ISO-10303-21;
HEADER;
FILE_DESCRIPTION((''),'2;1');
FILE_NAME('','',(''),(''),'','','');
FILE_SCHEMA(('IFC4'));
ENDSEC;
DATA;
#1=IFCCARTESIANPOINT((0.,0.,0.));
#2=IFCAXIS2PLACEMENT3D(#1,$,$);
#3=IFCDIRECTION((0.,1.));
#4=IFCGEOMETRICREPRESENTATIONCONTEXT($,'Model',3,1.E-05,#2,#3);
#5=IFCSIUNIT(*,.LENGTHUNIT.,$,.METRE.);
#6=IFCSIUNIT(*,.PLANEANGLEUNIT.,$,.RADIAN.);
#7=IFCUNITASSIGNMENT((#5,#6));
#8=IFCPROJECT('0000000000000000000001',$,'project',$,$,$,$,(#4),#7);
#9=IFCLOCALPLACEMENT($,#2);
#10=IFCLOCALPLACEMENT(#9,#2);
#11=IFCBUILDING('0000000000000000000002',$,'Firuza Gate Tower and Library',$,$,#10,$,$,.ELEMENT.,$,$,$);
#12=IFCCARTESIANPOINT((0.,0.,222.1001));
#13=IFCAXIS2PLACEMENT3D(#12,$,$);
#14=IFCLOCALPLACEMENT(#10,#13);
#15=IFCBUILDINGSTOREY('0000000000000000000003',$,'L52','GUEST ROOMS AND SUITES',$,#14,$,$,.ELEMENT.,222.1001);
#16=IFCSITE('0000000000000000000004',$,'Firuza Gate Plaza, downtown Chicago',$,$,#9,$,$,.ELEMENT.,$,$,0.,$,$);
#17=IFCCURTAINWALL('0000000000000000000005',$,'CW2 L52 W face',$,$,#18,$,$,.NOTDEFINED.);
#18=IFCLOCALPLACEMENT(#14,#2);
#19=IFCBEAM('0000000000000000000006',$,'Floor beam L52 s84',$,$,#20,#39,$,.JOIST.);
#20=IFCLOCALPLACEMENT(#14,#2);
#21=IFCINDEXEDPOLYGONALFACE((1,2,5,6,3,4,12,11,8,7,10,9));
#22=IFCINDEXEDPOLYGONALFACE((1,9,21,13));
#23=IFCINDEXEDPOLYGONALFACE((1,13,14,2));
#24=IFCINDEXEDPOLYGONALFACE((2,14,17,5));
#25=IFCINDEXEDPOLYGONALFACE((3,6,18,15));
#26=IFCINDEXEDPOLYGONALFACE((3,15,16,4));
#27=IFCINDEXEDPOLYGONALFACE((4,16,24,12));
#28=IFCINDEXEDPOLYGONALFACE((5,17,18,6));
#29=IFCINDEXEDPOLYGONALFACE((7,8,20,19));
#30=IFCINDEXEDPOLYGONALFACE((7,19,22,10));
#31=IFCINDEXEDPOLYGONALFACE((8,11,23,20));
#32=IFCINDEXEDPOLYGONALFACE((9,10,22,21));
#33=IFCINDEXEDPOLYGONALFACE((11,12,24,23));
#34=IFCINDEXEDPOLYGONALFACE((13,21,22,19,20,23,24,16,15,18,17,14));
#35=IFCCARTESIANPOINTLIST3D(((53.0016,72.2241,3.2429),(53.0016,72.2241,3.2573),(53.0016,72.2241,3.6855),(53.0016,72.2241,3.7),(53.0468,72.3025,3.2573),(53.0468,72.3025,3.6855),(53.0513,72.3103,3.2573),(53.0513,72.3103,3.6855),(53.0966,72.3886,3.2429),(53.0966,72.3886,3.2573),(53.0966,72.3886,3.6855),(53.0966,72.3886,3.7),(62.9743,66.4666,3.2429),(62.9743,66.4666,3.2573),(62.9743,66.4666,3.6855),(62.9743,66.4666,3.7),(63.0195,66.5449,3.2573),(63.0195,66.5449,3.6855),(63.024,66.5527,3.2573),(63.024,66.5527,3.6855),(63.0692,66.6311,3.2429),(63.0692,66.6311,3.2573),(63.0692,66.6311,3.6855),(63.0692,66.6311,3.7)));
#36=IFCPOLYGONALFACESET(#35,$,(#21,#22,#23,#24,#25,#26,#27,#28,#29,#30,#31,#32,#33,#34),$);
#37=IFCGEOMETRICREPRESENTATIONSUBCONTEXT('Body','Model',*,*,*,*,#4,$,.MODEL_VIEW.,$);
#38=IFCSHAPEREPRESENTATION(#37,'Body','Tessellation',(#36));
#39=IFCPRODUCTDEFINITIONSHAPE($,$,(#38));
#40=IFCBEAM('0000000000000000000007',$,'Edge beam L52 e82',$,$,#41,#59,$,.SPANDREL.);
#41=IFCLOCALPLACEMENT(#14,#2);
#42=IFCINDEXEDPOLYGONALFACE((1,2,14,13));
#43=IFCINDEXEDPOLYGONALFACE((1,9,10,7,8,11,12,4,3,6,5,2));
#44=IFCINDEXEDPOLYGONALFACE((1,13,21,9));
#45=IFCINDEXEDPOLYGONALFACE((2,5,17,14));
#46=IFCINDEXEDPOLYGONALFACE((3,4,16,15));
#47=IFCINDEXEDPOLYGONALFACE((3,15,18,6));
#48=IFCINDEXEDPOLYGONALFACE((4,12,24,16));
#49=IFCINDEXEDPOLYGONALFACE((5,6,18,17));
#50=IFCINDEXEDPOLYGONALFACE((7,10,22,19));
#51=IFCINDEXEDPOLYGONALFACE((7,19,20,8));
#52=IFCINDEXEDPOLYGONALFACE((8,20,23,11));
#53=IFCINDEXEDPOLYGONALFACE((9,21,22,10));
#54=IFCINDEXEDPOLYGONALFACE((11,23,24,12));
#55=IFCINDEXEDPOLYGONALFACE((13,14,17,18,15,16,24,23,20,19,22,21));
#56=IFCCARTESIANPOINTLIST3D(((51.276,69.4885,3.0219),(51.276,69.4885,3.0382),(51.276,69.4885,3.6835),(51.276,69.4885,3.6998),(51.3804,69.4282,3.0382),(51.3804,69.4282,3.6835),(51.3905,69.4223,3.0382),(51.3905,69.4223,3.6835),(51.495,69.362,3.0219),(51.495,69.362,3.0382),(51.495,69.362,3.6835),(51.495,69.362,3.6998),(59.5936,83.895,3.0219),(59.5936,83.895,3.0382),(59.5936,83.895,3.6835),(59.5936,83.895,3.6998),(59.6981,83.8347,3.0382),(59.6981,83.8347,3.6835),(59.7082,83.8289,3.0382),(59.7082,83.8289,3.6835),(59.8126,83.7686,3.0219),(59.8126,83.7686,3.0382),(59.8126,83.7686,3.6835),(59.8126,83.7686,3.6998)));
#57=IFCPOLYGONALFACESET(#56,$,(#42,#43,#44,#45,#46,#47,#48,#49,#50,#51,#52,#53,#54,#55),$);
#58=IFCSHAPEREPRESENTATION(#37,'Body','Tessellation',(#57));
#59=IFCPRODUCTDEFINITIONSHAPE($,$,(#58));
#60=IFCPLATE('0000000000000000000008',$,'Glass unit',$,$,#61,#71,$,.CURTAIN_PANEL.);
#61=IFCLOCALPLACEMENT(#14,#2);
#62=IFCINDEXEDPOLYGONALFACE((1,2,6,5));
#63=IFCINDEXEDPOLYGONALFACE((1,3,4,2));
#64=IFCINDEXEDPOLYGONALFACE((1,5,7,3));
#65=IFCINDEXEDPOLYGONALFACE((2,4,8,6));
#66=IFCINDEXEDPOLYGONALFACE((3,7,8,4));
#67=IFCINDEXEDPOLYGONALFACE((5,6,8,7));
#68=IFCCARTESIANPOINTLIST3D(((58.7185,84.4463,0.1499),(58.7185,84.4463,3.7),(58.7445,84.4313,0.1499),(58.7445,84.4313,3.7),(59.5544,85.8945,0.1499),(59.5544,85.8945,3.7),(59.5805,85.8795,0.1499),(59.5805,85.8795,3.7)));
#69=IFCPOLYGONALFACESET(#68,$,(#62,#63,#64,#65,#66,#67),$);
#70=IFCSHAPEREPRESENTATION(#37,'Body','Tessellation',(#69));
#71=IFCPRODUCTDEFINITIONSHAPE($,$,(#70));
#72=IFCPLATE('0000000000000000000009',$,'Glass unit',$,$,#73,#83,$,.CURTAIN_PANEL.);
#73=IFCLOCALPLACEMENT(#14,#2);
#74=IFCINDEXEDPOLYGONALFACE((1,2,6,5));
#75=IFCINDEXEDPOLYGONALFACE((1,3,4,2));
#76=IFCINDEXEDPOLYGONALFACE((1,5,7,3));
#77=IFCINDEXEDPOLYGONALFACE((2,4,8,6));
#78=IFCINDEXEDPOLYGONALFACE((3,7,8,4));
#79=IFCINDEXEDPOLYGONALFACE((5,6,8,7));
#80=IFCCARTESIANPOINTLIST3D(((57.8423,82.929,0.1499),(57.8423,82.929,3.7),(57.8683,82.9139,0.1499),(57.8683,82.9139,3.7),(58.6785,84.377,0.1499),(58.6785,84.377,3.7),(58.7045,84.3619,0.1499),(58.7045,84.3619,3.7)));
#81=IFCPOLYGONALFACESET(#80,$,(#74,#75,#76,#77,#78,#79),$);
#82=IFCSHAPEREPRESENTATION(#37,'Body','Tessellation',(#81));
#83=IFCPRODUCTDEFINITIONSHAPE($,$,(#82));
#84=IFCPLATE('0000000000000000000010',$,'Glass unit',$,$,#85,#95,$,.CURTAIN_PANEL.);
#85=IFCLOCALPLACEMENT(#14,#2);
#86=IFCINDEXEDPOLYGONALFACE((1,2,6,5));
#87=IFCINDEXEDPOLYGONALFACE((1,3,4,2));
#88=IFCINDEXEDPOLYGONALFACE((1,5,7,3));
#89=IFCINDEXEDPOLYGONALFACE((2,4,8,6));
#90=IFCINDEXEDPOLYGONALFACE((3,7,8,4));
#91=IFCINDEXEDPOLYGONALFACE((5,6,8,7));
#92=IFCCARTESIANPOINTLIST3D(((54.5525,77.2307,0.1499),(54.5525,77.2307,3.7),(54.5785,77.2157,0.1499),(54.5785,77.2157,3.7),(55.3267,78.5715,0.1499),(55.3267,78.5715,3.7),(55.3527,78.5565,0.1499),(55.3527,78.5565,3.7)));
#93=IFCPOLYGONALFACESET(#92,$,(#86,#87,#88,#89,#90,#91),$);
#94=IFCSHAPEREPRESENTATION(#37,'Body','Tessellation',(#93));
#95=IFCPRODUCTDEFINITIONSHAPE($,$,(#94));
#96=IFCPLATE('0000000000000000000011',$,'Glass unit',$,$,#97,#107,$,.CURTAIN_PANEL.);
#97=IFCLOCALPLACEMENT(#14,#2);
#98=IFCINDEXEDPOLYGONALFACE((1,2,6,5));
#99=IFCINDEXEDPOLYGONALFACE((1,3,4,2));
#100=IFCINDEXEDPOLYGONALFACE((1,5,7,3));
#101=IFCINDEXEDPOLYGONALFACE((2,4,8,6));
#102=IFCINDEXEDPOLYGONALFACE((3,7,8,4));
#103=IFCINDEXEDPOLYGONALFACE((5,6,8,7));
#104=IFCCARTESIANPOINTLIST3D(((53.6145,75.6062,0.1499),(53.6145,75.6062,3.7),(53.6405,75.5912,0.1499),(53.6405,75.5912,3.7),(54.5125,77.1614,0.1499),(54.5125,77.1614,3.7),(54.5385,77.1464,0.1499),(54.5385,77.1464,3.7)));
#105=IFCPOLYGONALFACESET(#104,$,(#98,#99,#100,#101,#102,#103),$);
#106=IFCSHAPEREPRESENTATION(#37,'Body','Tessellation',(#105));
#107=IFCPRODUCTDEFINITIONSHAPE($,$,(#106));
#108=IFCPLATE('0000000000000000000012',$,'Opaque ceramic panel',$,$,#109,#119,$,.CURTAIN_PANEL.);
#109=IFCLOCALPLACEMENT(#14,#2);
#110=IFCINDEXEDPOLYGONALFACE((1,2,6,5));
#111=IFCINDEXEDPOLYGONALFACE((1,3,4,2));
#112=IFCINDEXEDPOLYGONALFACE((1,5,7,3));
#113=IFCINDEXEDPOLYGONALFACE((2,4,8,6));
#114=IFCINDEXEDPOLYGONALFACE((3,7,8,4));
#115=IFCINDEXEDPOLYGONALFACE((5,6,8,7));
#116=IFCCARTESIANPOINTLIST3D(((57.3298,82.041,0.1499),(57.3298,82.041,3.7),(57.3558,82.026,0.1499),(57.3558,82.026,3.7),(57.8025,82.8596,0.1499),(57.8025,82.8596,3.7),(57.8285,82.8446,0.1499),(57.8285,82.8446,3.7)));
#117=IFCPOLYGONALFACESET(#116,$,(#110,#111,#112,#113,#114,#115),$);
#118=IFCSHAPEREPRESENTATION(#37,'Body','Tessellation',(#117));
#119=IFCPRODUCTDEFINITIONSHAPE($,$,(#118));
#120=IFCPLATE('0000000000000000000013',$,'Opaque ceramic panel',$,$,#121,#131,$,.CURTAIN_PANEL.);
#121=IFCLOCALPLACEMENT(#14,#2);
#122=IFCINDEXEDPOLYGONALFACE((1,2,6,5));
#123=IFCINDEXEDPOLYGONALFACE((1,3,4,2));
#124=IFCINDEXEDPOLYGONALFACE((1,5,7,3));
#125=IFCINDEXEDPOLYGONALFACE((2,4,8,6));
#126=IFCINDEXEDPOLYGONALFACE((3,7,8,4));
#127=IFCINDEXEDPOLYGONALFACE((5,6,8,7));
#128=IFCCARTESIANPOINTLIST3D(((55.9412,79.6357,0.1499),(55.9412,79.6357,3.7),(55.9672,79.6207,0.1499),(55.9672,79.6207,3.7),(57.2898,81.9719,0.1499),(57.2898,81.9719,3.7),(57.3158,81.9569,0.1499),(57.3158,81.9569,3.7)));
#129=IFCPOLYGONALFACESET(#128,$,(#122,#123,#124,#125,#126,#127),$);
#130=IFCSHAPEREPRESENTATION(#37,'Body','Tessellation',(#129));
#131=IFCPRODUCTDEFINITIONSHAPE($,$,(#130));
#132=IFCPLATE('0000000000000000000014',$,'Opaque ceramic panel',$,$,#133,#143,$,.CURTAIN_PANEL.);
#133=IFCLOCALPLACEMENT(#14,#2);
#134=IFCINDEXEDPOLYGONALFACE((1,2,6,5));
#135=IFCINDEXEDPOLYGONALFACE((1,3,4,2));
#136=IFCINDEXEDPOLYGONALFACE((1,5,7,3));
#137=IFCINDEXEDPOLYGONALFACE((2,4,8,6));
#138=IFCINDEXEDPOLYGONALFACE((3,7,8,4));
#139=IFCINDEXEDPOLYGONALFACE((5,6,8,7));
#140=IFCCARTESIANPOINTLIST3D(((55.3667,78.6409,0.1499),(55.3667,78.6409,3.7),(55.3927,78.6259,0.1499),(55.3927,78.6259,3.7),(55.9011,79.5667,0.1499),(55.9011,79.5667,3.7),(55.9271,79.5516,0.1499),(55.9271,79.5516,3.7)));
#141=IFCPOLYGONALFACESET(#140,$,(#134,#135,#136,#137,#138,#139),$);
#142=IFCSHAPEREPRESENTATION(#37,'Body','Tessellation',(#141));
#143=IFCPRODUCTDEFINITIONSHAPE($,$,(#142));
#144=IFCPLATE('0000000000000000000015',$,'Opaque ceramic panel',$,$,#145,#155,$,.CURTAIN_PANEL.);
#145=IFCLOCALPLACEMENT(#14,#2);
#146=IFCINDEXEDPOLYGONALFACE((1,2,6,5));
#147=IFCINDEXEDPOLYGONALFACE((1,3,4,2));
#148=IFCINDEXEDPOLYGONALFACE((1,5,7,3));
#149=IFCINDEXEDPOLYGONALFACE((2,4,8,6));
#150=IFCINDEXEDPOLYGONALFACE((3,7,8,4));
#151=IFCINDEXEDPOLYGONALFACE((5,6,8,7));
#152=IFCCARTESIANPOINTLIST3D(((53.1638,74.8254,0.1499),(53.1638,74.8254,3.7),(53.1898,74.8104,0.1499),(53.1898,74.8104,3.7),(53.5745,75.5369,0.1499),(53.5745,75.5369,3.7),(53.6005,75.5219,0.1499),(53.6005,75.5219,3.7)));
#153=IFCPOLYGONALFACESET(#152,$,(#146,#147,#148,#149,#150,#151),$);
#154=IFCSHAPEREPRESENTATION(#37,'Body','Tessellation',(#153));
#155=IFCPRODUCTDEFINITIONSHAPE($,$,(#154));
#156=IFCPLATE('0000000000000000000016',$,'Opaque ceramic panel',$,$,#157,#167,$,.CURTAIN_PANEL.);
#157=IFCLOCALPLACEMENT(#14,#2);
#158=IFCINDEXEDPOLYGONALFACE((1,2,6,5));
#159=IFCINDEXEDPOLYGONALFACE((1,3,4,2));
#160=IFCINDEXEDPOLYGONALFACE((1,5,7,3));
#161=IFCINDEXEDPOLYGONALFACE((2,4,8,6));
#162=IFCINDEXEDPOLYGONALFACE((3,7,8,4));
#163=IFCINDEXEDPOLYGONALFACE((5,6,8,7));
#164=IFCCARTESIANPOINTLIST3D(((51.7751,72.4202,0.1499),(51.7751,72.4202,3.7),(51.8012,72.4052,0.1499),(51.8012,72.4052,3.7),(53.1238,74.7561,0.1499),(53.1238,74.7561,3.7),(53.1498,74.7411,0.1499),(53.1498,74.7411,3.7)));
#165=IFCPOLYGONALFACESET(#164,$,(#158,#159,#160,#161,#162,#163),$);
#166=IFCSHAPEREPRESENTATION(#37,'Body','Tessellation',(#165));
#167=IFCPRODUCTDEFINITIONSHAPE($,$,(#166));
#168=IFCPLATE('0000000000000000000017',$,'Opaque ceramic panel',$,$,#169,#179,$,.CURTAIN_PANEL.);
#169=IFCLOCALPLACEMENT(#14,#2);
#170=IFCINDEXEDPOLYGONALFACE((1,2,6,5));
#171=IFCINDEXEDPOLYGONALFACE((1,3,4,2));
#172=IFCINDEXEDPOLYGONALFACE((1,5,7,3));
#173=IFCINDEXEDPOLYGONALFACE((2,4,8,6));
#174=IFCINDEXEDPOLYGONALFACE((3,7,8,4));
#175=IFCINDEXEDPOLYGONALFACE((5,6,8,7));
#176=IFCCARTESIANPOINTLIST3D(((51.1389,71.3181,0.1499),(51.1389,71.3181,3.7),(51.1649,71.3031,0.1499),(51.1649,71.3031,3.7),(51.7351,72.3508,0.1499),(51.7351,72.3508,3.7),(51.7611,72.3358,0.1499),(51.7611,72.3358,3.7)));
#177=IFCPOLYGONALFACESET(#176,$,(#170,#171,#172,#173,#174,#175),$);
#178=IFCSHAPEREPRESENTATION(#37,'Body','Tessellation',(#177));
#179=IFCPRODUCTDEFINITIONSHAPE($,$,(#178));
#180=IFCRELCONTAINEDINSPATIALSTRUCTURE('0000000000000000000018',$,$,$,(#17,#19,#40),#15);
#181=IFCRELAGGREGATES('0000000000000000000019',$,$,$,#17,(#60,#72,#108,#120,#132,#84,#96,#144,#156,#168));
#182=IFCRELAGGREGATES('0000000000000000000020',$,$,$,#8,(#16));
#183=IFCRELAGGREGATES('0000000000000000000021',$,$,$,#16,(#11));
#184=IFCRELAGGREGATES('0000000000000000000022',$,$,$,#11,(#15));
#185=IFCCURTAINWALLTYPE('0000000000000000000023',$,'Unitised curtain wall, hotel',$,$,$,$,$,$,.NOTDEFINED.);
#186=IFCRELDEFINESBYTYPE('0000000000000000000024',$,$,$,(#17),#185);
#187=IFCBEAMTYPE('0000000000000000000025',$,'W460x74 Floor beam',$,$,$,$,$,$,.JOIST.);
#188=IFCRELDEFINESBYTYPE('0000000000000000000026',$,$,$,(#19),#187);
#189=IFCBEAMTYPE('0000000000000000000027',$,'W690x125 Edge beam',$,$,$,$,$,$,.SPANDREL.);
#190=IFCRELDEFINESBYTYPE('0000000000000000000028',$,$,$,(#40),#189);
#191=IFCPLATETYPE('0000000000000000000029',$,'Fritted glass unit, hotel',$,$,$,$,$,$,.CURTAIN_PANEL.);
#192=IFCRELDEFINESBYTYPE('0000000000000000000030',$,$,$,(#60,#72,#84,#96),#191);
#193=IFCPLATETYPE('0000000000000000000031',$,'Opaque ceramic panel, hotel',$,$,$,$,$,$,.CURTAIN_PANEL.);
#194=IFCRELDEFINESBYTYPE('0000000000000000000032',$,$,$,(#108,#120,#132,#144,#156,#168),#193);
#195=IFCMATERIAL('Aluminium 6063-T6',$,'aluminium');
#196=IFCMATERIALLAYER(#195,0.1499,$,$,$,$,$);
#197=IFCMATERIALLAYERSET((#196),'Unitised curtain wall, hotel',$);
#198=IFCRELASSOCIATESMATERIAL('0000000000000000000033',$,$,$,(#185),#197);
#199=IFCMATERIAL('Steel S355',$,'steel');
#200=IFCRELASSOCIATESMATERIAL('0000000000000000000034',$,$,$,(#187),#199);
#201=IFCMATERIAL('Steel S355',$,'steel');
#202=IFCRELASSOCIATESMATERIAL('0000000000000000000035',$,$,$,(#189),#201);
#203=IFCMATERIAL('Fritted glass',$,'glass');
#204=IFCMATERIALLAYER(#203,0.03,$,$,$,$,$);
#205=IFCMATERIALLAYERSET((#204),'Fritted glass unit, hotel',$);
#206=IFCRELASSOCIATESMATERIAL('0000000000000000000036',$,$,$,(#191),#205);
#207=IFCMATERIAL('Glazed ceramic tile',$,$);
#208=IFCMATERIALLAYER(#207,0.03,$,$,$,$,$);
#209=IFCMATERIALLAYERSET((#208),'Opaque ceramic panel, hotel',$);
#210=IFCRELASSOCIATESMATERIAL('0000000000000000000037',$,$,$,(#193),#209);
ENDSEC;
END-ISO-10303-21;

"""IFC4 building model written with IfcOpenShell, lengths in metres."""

from ifc_helpers import new_model, si_unit, direction, frame, origin, origin_2d, place, context, subcontext, project, spatial, polyline, i_section, outline, extrude, material, layer, layer_set, material_profile, profile_set, type_object, element, aggregate, save


model = new_model("IFC4")

# Units and contexts
model_context = context("Model", 3, precision=1e-05, world=origin(), true_north=direction((0.0, 1.0)))
body_context = subcontext(model_context, "Body", "Model", "MODEL_VIEW")
ifc_project = project(units=[si_unit("LENGTHUNIT", "METRE"), si_unit("PLANEANGLEUNIT", "RADIAN")], contexts=[model_context])

# Site, building, storey
site_placement = place(None, origin())
site = spatial("IfcSite", under=ifc_project, at=site_placement, Name="Firuza Gate Plaza, downtown Chicago", CompositionType="ELEMENT", RefElevation=0.0)
building_placement = place(site_placement, origin())
building = spatial("IfcBuilding", under=site, at=building_placement, Name="Firuza Gate Tower and Library", CompositionType="ELEMENT")
storey_placement = place(building_placement, frame((0.0, 0.0, 222.1001)))
storey = spatial("IfcBuildingStorey", under=building, at=storey_placement, Name="L52", Description="GUEST ROOMS AND SUITES", CompositionType="ELEMENT", Elevation=222.1001)

# Curtain wall
ifc_material_1 = material(Name="Aluminium 6063-T6", Category="aluminium")
ifc_layer_1 = layer(ifc_material_1, 0.1499)
ifc_layer_set_1 = layer_set([ifc_layer_1], Name="Unitised curtain wall, hotel")
curtain_wall_type = type_object("IfcCurtainWallType", Name="Unitised curtain wall, hotel", PredefinedType="NOTDEFINED", material=ifc_layer_set_1)
curtain_wall_placement = place(storey_placement, origin())
curtain_wall = element("IfcCurtainWall", 1, at=curtain_wall_placement, inside=storey, type_object=curtain_wall_type, Name="CW2 L52 W face", PredefinedType="NOTDEFINED")

# Beams
ifc_material_2 = material(Name="Steel S355", Category="steel")
ifc_material_profile_1 = material_profile(ifc_material_2, i_section(OverallWidth=0.1899, OverallDepth=0.457, WebThickness=0.009, FlangeThickness=0.0144, at=origin_2d()))
ifc_profile_set_1 = profile_set([ifc_material_profile_1], Name="Steel S355")
beam_type_1 = type_object("IfcBeamType", Name="W460x74 Floor beam", PredefinedType="JOIST", material=ifc_profile_set_1)
beam_1_placement = place(storey_placement, frame((53.0491, 72.3064, 3.4714), z_axis=(0.866031, -0.49999, 0.0), x_axis=(0.49999, 0.866031, 0.0)))
element("IfcBeam", 2, at=beam_1_placement, inside=storey, type_object=beam_type_1, Name="Floor beam L52 s84", PredefinedType="JOIST", context=body_context, shape_type="SweptSolid", body=[
    extrude(i_section(OverallWidth=0.1899, OverallDepth=0.457, WebThickness=0.009, FlangeThickness=0.0144, at=origin_2d()), origin(), (0.0, 0.0, 1.0), 11.5154),
])
ifc_material_3 = material(Name="Steel S355", Category="steel")
ifc_material_profile_2 = material_profile(ifc_material_3, i_section(OverallWidth=0.2529, OverallDepth=0.678, WebThickness=0.0117, FlangeThickness=0.0164, at=origin_2d()))
ifc_profile_set_2 = profile_set([ifc_material_profile_2], Name="Steel S355")
beam_type_2 = type_object("IfcBeamType", Name="W690x125 Edge beam", PredefinedType="SPANDREL", material=ifc_profile_set_2)
beam_2_placement = place(storey_placement, frame((59.7031, 83.8318, 3.3608), z_axis=(-0.500002, -0.866025, 0.0), x_axis=(0.866025, -0.500002, 0.0)))
element("IfcBeam", 3, at=beam_2_placement, inside=storey, type_object=beam_type_2, Name="Edge beam L52 e82", PredefinedType="SPANDREL", context=body_context, shape_type="SweptSolid", body=[
    extrude(i_section(OverallWidth=0.2529, OverallDepth=0.678, WebThickness=0.0117, FlangeThickness=0.0164, at=origin_2d()), origin(), (0.0, 0.0, 1.0), 16.6353),
])

# Plates
ifc_material_4 = material(Name="Fritted glass", Category="glass")
ifc_layer_2 = layer(ifc_material_4, 0.03)
ifc_layer_set_2 = layer_set([ifc_layer_2], Name="Fritted glass unit, hotel")
plate_type_1 = type_object("IfcPlateType", Name="Fritted glass unit, hotel", PredefinedType="CURTAIN_PANEL", material=ifc_layer_set_2)
plate_1_placement = place(storey_placement, frame((59.5544, 85.8945, 0.1499), z_axis=(-0.866079, 0.499908, 0.0), x_axis=(-0.499908, -0.866079, 0.0)))
plate_1 = element("IfcPlate", 4, at=plate_1_placement, type_object=plate_type_1, Name="Glass unit", PredefinedType="CURTAIN_PANEL", context=body_context, shape_type="SweptSolid", body=[
    extrude(outline(polyline([(0.0, 0.0), (1.6722, 0.0), (1.6722, 3.55), (0.0, 3.55), (0.0, 0.0)])), origin(), (0.0, 0.0, -1.0), 0.03),
])
plate_2_placement = place(storey_placement, frame((58.6785, 84.377, 0.1499), z_axis=(-0.865979, 0.500081, 0.0), x_axis=(-0.500081, -0.865979, 0.0)))
plate_2 = element("IfcPlate", 5, at=plate_2_placement, type_object=plate_type_1, Name="Glass unit", PredefinedType="CURTAIN_PANEL", context=body_context, shape_type="SweptSolid", body=[
    extrude(outline(polyline([(0.0, 0.0), (1.6721, 0.0), (1.6721, 3.55), (0.0, 3.55), (0.0, 0.0)])), origin(), (0.0, 0.0, -1.0), 0.03),
])
plate_3_placement = place(storey_placement, frame((55.3267, 78.5715, 0.1499), z_axis=(-0.866012, 0.500023, 0.0), x_axis=(-0.500023, -0.866012, 0.0)))
plate_3 = element("IfcPlate", 6, at=plate_3_placement, type_object=plate_type_1, Name="Glass unit", PredefinedType="CURTAIN_PANEL", context=body_context, shape_type="SweptSolid", body=[
    extrude(outline(polyline([(0.0, 0.0), (1.5483, 0.0), (1.5483, 3.55), (0.0, 3.55), (0.0, 0.0)])), origin(), (0.0, 0.0, -1.0), 0.03),
])
plate_4_placement = place(storey_placement, frame((54.5125, 77.1614, 0.1499), z_axis=(-0.866009, 0.500028, 0.0), x_axis=(-0.500028, -0.866009, 0.0)))
plate_4 = element("IfcPlate", 7, at=plate_4_placement, type_object=plate_type_1, Name="Glass unit", PredefinedType="CURTAIN_PANEL", context=body_context, shape_type="SweptSolid", body=[
    extrude(outline(polyline([(0.0, 0.0), (1.7958, 0.0), (1.7958, 3.55), (0.0, 3.55), (0.0, 0.0)])), origin(), (0.0, 0.0, -1.0), 0.03),
])
ifc_material_5 = material(Name="Glazed ceramic tile")
ifc_layer_3 = layer(ifc_material_5, 0.03)
ifc_layer_set_3 = layer_set([ifc_layer_3], Name="Opaque ceramic panel, hotel")
plate_type_2 = type_object("IfcPlateType", Name="Opaque ceramic panel, hotel", PredefinedType="CURTAIN_PANEL", material=ifc_layer_set_3)
plate_5_placement = place(storey_placement, frame((57.8025, 82.8596, 0.1499), z_axis=(-0.866009, 0.500028, 0.0), x_axis=(-0.500028, -0.866009, 0.0)))
plate_5 = element("IfcPlate", 8, at=plate_5_placement, type_object=plate_type_2, Name="Opaque ceramic panel", PredefinedType="CURTAIN_PANEL", context=body_context, shape_type="SweptSolid", body=[
    extrude(outline(polyline([(0.0, 0.0), (0.9453, 0.0), (0.9453, 3.55), (0.0, 3.55), (0.0, 0.0)])), origin(), (0.0, 0.0, -1.0), 0.03),
])
plate_6_placement = place(storey_placement, frame((57.2898, 81.9719, 0.1499), z_axis=(-0.866051, 0.499955, 0.0), x_axis=(-0.499955, -0.866051, 0.0)))
plate_6 = element("IfcPlate", 9, at=plate_6_placement, type_object=plate_type_2, Name="Opaque ceramic panel", PredefinedType="CURTAIN_PANEL", context=body_context, shape_type="SweptSolid", body=[
    extrude(outline(polyline([(0.0, 0.0), (2.6975, 0.0), (2.6975, 3.55), (0.0, 3.55), (0.0, 0.0)])), origin(), (0.0, 0.0, -1.0), 0.03),
])
plate_7_placement = place(storey_placement, frame((55.9011, 79.5667, 0.1499), z_axis=(-0.866056, 0.499947, 0.0), x_axis=(-0.499947, -0.866056, 0.0)))
plate_7 = element("IfcPlate", 10, at=plate_7_placement, type_object=plate_type_2, Name="Opaque ceramic panel", PredefinedType="CURTAIN_PANEL", context=body_context, shape_type="SweptSolid", body=[
    extrude(outline(polyline([(0.0, 0.0), (1.069, 0.0), (1.069, 3.55), (0.0, 3.55), (0.0, 0.0)])), origin(), (0.0, 0.0, -1.0), 0.03),
])
plate_8_placement = place(storey_placement, frame((53.5745, 75.5369, 0.1499), z_axis=(-0.866077, 0.499911, 0.0), x_axis=(-0.499911, -0.866077, 0.0)))
plate_8 = element("IfcPlate", 11, at=plate_8_placement, type_object=plate_type_2, Name="Opaque ceramic panel", PredefinedType="CURTAIN_PANEL", context=body_context, shape_type="SweptSolid", body=[
    extrude(outline(polyline([(0.0, 0.0), (0.8214, 0.0), (0.8214, 3.55), (0.0, 3.55), (0.0, 0.0)])), origin(), (0.0, 0.0, -1.0), 0.03),
])
plate_9_placement = place(storey_placement, frame((53.1238, 74.7561, 0.1499), z_axis=(-0.866029, 0.499994, 0.0), x_axis=(-0.499994, -0.866029, 0.0)))
plate_9 = element("IfcPlate", 12, at=plate_9_placement, type_object=plate_type_2, Name="Opaque ceramic panel", PredefinedType="CURTAIN_PANEL", context=body_context, shape_type="SweptSolid", body=[
    extrude(outline(polyline([(0.0, 0.0), (2.6973, 0.0), (2.6973, 3.55), (0.0, 3.55), (0.0, 0.0)])), origin(), (0.0, 0.0, -1.0), 0.03),
])
plate_10_placement = place(storey_placement, frame((51.7351, 72.3508, 0.1499), z_axis=(-0.866042, 0.499971, 0.0), x_axis=(-0.499971, -0.866042, 0.0)))
plate_10 = element("IfcPlate", 13, at=plate_10_placement, type_object=plate_type_2, Name="Opaque ceramic panel", PredefinedType="CURTAIN_PANEL", context=body_context, shape_type="SweptSolid", body=[
    extrude(outline(polyline([(0.0, 0.0), (1.1925, 0.0), (1.1925, 3.55), (0.0, 3.55), (0.0, 0.0)])), origin(), (0.0, 0.0, -1.0), 0.03),
])
aggregate(curtain_wall, [plate_1, plate_2, plate_5, plate_6, plate_7, plate_3, plate_4, plate_8, plate_9, plate_10])

save(model, "model.ifc")
